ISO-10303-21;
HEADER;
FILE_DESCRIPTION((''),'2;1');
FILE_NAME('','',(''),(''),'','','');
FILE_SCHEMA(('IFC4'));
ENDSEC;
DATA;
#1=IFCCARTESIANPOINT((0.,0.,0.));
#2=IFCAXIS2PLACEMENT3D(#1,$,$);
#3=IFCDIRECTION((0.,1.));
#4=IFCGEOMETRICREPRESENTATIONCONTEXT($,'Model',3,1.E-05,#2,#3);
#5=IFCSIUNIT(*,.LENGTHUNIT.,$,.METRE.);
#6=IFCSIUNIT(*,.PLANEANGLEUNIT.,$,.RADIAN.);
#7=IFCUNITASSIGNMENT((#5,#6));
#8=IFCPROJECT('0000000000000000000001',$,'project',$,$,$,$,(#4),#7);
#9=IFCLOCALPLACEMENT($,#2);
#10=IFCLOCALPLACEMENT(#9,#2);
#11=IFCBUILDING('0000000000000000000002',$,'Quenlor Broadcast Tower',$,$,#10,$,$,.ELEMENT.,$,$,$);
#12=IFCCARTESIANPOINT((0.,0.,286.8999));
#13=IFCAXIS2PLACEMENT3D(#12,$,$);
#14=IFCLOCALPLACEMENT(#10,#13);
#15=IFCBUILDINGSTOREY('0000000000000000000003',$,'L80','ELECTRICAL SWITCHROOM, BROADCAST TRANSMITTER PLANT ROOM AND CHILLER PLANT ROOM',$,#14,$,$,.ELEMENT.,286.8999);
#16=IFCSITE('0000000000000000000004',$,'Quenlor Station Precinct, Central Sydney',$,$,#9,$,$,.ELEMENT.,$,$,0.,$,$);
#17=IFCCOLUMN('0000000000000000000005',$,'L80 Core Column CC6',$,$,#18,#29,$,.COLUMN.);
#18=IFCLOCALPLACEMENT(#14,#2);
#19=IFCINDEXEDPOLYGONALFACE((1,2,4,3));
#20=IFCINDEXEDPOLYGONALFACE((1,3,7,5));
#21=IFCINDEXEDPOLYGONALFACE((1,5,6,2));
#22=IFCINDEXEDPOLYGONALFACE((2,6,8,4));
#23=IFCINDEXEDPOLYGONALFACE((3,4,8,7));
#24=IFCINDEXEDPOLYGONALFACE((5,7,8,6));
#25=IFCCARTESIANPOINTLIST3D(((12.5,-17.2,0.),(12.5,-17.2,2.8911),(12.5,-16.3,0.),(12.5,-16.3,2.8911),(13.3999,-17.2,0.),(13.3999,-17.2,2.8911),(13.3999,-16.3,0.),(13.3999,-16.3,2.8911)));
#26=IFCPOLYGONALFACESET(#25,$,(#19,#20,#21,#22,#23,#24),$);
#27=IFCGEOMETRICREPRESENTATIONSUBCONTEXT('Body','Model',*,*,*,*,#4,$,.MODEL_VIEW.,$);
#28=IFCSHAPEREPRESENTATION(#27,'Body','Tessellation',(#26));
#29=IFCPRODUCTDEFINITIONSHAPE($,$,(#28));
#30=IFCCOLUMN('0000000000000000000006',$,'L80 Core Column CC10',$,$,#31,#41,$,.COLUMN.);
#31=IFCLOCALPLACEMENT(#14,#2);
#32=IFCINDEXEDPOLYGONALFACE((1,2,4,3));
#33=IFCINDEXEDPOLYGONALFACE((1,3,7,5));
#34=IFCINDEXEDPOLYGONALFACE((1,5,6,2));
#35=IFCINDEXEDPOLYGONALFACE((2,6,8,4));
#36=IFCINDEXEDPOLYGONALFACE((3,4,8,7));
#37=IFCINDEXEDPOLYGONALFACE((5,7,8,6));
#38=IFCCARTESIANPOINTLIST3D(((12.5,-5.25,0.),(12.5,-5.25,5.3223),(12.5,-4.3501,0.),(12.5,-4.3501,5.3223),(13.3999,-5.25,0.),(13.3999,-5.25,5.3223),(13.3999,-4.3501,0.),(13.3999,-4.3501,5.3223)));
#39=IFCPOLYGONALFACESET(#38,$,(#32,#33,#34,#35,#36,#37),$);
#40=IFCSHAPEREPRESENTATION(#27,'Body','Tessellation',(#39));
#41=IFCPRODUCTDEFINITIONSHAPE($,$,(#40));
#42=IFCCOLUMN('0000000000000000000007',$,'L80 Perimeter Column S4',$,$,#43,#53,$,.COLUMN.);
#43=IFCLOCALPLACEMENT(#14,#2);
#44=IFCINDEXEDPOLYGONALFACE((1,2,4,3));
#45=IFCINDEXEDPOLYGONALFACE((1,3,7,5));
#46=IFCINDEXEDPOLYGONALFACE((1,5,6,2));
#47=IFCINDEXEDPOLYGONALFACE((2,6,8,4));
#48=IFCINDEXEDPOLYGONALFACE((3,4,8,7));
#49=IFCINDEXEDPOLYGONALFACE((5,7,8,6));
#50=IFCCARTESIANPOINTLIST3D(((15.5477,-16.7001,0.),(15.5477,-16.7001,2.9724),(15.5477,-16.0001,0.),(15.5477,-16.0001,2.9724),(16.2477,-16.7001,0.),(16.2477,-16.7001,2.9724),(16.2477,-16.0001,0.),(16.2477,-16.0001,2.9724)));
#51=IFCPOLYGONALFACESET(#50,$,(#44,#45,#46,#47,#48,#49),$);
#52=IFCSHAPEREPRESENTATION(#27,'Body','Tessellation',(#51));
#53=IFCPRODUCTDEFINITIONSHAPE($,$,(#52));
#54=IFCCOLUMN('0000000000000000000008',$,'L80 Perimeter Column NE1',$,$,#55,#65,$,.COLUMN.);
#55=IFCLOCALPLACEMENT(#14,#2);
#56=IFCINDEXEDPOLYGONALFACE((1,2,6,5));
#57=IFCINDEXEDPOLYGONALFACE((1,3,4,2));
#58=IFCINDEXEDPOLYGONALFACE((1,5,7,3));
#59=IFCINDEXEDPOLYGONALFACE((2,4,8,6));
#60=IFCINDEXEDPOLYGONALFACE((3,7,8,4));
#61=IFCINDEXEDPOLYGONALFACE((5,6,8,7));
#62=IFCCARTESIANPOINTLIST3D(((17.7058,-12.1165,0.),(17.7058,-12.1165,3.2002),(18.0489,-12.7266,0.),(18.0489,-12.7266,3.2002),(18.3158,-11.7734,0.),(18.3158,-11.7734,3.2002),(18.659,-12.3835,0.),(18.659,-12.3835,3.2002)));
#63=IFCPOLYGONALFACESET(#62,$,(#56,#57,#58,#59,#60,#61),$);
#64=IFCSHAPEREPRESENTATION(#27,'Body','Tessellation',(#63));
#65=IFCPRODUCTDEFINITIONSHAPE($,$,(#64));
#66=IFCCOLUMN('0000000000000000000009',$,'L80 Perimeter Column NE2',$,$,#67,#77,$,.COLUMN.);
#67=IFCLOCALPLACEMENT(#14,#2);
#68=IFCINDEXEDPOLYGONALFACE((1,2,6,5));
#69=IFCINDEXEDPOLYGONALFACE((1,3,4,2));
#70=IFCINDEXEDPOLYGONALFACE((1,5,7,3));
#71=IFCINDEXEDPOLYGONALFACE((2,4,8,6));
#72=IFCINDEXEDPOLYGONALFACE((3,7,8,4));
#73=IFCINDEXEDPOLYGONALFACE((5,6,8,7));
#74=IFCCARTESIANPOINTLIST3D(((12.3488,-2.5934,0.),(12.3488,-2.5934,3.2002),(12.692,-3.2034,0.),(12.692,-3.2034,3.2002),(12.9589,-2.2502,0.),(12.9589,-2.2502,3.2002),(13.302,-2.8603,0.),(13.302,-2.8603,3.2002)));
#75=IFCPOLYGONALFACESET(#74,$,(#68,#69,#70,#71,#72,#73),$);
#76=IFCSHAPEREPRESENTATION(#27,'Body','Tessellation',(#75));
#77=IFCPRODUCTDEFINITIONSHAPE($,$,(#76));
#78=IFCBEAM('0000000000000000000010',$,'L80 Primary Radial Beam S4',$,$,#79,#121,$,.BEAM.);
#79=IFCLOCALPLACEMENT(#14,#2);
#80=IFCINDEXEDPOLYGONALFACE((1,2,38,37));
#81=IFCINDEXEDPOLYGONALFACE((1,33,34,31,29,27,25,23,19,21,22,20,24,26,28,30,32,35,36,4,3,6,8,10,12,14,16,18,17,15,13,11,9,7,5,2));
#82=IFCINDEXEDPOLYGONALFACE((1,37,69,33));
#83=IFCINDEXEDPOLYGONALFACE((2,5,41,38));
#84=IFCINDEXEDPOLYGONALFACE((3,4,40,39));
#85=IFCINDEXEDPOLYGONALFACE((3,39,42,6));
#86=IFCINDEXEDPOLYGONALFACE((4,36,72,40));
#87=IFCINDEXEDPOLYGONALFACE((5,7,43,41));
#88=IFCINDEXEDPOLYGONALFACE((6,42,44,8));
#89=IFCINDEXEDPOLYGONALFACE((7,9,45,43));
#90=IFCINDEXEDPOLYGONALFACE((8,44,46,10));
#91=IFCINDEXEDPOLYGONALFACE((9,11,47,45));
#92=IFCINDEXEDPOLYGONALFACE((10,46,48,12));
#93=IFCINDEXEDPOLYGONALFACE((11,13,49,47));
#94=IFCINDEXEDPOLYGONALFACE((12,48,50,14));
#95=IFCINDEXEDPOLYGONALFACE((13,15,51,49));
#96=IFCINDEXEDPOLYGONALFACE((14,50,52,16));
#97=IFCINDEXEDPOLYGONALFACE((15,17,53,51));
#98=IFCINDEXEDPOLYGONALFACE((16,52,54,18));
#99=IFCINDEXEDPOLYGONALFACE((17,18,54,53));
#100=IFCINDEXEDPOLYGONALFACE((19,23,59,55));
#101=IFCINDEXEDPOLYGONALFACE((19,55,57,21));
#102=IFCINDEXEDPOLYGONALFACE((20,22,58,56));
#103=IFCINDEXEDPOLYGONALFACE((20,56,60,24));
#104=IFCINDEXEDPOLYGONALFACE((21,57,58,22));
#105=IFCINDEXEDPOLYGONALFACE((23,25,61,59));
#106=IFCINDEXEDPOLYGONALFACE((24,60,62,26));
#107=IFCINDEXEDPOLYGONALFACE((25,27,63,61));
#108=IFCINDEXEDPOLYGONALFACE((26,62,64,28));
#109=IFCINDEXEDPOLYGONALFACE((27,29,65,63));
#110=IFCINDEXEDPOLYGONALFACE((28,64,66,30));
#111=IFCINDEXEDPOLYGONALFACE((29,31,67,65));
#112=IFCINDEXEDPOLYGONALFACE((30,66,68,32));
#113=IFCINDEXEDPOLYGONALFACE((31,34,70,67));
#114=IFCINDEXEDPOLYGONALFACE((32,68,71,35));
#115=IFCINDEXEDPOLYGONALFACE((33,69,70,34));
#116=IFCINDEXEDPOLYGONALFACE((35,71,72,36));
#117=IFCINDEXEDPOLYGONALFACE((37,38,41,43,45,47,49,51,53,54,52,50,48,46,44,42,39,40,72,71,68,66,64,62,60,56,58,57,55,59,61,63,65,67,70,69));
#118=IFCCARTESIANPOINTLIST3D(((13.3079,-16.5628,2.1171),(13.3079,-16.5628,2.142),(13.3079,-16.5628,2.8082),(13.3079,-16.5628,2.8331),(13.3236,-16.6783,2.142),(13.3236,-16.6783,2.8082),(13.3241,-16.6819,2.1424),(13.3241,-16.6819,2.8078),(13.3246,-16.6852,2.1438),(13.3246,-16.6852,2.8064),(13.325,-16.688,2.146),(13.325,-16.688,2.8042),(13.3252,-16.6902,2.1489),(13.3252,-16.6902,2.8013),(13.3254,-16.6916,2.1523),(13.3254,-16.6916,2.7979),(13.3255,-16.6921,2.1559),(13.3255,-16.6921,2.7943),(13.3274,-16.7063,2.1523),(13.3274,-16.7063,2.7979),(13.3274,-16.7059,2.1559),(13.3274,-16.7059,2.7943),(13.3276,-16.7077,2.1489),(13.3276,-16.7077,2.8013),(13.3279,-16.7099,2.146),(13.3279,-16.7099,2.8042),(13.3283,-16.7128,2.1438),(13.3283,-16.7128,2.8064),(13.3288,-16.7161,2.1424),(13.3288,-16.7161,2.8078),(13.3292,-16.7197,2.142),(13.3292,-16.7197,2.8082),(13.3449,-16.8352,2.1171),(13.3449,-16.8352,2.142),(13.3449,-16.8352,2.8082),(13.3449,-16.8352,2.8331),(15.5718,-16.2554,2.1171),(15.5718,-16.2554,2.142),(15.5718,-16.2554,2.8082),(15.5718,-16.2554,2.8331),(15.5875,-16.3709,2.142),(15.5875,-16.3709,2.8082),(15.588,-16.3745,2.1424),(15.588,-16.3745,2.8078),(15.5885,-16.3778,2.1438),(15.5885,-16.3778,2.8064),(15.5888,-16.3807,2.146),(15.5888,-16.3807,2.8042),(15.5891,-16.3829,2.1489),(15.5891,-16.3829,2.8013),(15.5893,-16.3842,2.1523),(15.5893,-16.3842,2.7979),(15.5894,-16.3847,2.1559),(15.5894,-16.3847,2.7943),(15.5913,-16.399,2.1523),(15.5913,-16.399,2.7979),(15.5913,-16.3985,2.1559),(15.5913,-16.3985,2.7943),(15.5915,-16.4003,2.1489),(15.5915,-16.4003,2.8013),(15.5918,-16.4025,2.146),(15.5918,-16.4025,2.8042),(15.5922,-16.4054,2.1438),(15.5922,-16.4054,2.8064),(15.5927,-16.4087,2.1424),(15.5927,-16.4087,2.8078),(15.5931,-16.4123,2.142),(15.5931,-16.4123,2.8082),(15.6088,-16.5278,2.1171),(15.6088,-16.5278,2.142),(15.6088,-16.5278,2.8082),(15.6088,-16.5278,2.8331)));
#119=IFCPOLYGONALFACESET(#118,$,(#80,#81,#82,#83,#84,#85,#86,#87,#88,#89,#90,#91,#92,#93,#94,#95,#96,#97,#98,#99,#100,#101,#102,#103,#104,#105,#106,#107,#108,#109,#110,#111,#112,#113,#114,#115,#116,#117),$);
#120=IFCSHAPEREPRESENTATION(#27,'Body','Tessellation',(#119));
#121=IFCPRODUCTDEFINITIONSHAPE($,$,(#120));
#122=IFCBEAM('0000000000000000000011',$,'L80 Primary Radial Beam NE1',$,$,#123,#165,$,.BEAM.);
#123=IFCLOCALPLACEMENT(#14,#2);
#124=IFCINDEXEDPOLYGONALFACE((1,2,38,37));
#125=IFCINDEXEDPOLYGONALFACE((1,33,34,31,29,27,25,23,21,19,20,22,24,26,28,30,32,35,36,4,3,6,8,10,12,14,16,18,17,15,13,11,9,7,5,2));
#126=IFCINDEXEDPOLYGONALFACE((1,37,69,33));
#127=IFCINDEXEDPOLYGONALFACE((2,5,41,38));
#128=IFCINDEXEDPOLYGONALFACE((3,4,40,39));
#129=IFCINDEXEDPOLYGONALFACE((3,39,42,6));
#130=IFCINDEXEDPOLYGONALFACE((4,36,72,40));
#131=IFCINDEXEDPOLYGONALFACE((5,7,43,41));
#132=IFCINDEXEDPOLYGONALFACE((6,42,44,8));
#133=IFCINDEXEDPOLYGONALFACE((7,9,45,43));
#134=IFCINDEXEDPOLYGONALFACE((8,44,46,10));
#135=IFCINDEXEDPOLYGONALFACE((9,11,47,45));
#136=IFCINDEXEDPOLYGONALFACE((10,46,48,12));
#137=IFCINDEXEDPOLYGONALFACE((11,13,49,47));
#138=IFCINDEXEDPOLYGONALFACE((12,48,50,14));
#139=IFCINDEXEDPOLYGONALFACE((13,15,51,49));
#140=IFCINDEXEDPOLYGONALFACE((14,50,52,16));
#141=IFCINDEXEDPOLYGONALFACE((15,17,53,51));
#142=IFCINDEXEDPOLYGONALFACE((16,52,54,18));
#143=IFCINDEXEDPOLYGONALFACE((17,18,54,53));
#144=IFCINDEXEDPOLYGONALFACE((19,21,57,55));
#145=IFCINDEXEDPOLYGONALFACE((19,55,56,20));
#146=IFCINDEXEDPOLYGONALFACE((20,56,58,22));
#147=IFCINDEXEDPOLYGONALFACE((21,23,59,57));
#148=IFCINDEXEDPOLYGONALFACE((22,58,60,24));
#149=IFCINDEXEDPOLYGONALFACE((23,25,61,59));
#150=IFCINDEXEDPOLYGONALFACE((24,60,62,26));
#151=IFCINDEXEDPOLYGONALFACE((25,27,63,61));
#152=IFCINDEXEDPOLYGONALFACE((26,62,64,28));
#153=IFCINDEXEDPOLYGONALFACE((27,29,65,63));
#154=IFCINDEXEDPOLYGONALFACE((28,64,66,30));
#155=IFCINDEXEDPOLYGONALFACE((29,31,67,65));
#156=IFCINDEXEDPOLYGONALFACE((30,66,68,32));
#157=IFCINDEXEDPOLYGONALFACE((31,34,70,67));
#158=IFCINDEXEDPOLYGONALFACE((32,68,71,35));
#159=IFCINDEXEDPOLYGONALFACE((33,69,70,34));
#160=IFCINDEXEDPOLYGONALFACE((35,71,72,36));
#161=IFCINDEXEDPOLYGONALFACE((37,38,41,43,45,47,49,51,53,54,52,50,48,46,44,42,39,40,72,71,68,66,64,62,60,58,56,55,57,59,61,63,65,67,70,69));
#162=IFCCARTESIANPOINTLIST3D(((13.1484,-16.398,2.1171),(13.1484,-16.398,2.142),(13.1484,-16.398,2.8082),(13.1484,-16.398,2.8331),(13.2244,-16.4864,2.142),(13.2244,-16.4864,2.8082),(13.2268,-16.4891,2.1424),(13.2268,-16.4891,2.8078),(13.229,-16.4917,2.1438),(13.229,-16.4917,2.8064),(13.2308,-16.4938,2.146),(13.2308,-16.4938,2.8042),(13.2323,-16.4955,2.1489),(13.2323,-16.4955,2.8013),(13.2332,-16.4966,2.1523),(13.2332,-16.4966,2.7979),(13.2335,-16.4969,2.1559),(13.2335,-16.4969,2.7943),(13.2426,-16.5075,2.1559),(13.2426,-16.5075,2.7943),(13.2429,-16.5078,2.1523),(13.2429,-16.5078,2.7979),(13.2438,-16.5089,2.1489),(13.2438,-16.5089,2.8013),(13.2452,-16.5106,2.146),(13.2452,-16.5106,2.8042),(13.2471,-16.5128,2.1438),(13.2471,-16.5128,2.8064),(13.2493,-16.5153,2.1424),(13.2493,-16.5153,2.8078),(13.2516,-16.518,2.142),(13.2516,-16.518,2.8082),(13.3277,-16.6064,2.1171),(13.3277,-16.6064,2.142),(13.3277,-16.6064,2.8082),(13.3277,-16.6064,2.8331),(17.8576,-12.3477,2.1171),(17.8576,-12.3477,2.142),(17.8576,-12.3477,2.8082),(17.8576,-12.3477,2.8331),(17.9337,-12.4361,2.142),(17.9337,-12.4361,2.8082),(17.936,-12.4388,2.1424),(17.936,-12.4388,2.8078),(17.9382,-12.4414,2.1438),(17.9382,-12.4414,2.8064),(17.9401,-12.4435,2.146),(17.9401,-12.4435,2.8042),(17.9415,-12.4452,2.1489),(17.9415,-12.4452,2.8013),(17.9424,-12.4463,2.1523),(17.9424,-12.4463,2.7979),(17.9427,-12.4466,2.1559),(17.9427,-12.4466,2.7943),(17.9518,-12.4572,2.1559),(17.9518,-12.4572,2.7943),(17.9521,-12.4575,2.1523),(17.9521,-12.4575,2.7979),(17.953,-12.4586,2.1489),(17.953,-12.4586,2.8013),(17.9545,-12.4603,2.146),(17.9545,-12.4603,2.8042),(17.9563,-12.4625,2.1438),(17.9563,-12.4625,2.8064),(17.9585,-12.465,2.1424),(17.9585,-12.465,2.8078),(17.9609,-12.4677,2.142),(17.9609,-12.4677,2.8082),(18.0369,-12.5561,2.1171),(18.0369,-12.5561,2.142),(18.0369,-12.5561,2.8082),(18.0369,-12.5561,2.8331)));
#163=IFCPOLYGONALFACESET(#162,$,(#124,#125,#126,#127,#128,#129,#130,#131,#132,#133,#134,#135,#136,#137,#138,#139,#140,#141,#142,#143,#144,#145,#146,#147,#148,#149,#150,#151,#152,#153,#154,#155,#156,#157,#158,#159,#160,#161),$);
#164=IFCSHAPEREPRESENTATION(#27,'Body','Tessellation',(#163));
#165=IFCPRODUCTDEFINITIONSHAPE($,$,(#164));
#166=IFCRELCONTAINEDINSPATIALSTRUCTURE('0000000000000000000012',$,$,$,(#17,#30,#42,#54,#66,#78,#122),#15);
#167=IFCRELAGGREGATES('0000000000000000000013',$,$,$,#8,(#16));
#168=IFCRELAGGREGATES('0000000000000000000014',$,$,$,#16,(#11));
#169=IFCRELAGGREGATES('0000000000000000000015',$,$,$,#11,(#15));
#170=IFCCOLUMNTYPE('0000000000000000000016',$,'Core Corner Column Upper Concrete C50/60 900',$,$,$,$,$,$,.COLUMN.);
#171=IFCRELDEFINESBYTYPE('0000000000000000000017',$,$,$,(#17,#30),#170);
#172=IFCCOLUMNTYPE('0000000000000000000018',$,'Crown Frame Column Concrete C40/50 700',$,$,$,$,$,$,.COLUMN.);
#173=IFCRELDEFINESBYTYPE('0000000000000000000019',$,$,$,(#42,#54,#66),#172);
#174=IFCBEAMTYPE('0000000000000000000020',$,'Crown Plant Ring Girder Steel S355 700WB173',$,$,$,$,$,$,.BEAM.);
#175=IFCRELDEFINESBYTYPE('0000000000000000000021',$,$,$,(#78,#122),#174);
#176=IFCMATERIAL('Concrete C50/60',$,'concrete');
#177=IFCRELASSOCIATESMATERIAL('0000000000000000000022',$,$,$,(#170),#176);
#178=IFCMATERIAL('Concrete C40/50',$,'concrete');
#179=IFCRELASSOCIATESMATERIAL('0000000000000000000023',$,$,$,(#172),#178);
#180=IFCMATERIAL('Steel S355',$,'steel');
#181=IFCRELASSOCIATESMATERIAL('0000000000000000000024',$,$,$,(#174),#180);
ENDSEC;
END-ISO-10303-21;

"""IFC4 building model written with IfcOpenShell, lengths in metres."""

from ifc_helpers import new_model, si_unit, direction, frame, origin, origin_2d, place, context, subcontext, project, spatial, rectangle, i_section, extrude, material, material_profile, profile_set, type_object, element, save


model = new_model("IFC4")

# Units and contexts
model_context = context("Model", 3, precision=1e-05, world=origin(), true_north=direction((0.0, 1.0)))
body_context = subcontext(model_context, "Body", "Model", "MODEL_VIEW")
ifc_project = project(units=[si_unit("LENGTHUNIT", "METRE"), si_unit("PLANEANGLEUNIT", "RADIAN")], contexts=[model_context])

# Site, building, storey
site_placement = place(None, origin())
site = spatial("IfcSite", under=ifc_project, at=site_placement, Name="Quenlor Station Precinct, Central Sydney", CompositionType="ELEMENT", RefElevation=0.0)
building_placement = place(site_placement, origin())
building = spatial("IfcBuilding", under=site, at=building_placement, Name="Quenlor Broadcast Tower", CompositionType="ELEMENT")
storey_placement = place(building_placement, frame((0.0, 0.0, 286.8999)))
storey = spatial("IfcBuildingStorey", under=building, at=storey_placement, Name="L80", Description="ELECTRICAL SWITCHROOM, BROADCAST TRANSMITTER PLANT ROOM AND CHILLER PLANT ROOM", CompositionType="ELEMENT", Elevation=286.8999)

# Columns
ifc_material_1 = material(Name="Concrete C50/60", Category="concrete")
ifc_material_profile_1 = material_profile(ifc_material_1, rectangle(XDim=0.8999, YDim=0.8999, at=origin_2d()))
ifc_profile_set_1 = profile_set([ifc_material_profile_1], Name="Concrete C50/60 RC900x900")
column_type_1 = type_object("IfcColumnType", Name="Core Corner Column Upper Concrete C50/60 900", PredefinedType="COLUMN", material=ifc_profile_set_1)
column_1_placement = place(storey_placement, frame((12.95, -16.75, 0.0), z_axis=(0.0, 0.0, 1.0), x_axis=(1.0, 0.0, 0.0)))
element("IfcColumn", 1, at=column_1_placement, inside=storey, type_object=column_type_1, Name="L80 Core Column CC6", PredefinedType="COLUMN", context=body_context, shape_type="SweptSolid", body=[
    extrude(rectangle(XDim=0.8999, YDim=0.8999, at=origin_2d()), origin(), (0.0, 0.0, 1.0), 2.8911),
])
column_2_placement = place(storey_placement, frame((12.95, -4.8, 0.0), z_axis=(0.0, 0.0, 1.0), x_axis=(1.0, 0.0, 0.0)))
element("IfcColumn", 2, at=column_2_placement, inside=storey, type_object=column_type_1, Name="L80 Core Column CC10", PredefinedType="COLUMN", context=body_context, shape_type="SweptSolid", body=[
    extrude(rectangle(XDim=0.8999, YDim=0.8999, at=origin_2d()), origin(), (0.0, 0.0, 1.0), 5.3223),
])
ifc_material_2 = material(Name="Concrete C40/50", Category="concrete")
ifc_material_profile_2 = material_profile(ifc_material_2, rectangle(XDim=0.7, YDim=0.7, at=origin_2d()))
ifc_profile_set_2 = profile_set([ifc_material_profile_2], Name="Concrete C40/50 RC700x700")
column_type_2 = type_object("IfcColumnType", Name="Crown Frame Column Concrete C40/50 700", PredefinedType="COLUMN", material=ifc_profile_set_2)
column_3_placement = place(storey_placement, frame((15.8977, -16.3501, 0.0), z_axis=(0.0, 0.0, 1.0), x_axis=(0.0, 1.0, 0.0)))
element("IfcColumn", 3, at=column_3_placement, inside=storey, type_object=column_type_2, Name="L80 Perimeter Column S4", PredefinedType="COLUMN", context=body_context, shape_type="SweptSolid", body=[
    extrude(rectangle(XDim=0.7, YDim=0.7, at=origin_2d()), origin(), (0.0, 0.0, 1.0), 2.9724),
])
for number, where, z_axis, x_axis, name in (
    (4, (18.1824, -12.25, 0.0), (0.0, 0.0, 1.0), (0.871575, 0.490262, 0.0), "L80 Perimeter Column NE1"),
    (5, (12.8254, -2.7268, 0.0), (0.0, 0.0, 1.0), (0.871575, 0.490262, 0.0), "L80 Perimeter Column NE2"),
):
    element("IfcColumn", number, at=place(storey_placement, frame(where, z_axis=z_axis, x_axis=x_axis)), inside=storey, type_object=column_type_2, Name=name, PredefinedType="COLUMN", context=body_context, shape_type="SweptSolid", body=[
        extrude(rectangle(XDim=0.7, YDim=0.7, at=origin_2d()), origin(), (0.0, 0.0, 1.0), 3.2002),
    ])

# Beams
ifc_material_3 = material(Name="Steel S355", Category="steel")
ifc_material_profile_3 = material_profile(ifc_material_3, i_section(OverallWidth=0.2749, OverallDepth=0.7161, WebThickness=0.0139, FlangeThickness=0.0249, FilletRadius=0.0139, at=origin_2d()))
ifc_profile_set_3 = profile_set([ifc_material_profile_3], Name="Steel S355 700WB173")
beam_type_1 = type_object("IfcBeamType", Name="Crown Plant Ring Girder Steel S355 700WB173", PredefinedType="BEAM", material=ifc_profile_set_3)
beam_1_placement = place(storey_placement, frame((15.5903, -16.3916, 2.4751), z_axis=(-0.990909, -0.134536, 0.0), x_axis=(0.134536, -0.990909, 0.0)))
element("IfcBeam", 6, at=beam_1_placement, inside=storey, type_object=beam_type_1, Name="L80 Primary Radial Beam S4", PredefinedType="BEAM", context=body_context, shape_type="SweptSolid", body=[
    extrude(i_section(OverallWidth=0.2749, OverallDepth=0.7161, WebThickness=0.0139, FlangeThickness=0.0249, FilletRadius=0.0139, at=origin_2d()), origin(), (0.0, 0.0, 1.0), 2.2847),
])
beam_2_placement = place(storey_placement, frame((17.9473, -12.4519, 2.4751), z_axis=(-0.758157, -0.652072, 0.0), x_axis=(0.652072, -0.758157, 0.0)))
element("IfcBeam", 7, at=beam_2_placement, inside=storey, type_object=beam_type_1, Name="L80 Primary Radial Beam NE1", PredefinedType="BEAM", context=body_context, shape_type="SweptSolid", body=[
    extrude(i_section(OverallWidth=0.2749, OverallDepth=0.7161, WebThickness=0.0139, FlangeThickness=0.0249, FilletRadius=0.0139, at=origin_2d()), origin(), (0.0, 0.0, 1.0), 6.2114),
])

save(model, "model.ifc")
